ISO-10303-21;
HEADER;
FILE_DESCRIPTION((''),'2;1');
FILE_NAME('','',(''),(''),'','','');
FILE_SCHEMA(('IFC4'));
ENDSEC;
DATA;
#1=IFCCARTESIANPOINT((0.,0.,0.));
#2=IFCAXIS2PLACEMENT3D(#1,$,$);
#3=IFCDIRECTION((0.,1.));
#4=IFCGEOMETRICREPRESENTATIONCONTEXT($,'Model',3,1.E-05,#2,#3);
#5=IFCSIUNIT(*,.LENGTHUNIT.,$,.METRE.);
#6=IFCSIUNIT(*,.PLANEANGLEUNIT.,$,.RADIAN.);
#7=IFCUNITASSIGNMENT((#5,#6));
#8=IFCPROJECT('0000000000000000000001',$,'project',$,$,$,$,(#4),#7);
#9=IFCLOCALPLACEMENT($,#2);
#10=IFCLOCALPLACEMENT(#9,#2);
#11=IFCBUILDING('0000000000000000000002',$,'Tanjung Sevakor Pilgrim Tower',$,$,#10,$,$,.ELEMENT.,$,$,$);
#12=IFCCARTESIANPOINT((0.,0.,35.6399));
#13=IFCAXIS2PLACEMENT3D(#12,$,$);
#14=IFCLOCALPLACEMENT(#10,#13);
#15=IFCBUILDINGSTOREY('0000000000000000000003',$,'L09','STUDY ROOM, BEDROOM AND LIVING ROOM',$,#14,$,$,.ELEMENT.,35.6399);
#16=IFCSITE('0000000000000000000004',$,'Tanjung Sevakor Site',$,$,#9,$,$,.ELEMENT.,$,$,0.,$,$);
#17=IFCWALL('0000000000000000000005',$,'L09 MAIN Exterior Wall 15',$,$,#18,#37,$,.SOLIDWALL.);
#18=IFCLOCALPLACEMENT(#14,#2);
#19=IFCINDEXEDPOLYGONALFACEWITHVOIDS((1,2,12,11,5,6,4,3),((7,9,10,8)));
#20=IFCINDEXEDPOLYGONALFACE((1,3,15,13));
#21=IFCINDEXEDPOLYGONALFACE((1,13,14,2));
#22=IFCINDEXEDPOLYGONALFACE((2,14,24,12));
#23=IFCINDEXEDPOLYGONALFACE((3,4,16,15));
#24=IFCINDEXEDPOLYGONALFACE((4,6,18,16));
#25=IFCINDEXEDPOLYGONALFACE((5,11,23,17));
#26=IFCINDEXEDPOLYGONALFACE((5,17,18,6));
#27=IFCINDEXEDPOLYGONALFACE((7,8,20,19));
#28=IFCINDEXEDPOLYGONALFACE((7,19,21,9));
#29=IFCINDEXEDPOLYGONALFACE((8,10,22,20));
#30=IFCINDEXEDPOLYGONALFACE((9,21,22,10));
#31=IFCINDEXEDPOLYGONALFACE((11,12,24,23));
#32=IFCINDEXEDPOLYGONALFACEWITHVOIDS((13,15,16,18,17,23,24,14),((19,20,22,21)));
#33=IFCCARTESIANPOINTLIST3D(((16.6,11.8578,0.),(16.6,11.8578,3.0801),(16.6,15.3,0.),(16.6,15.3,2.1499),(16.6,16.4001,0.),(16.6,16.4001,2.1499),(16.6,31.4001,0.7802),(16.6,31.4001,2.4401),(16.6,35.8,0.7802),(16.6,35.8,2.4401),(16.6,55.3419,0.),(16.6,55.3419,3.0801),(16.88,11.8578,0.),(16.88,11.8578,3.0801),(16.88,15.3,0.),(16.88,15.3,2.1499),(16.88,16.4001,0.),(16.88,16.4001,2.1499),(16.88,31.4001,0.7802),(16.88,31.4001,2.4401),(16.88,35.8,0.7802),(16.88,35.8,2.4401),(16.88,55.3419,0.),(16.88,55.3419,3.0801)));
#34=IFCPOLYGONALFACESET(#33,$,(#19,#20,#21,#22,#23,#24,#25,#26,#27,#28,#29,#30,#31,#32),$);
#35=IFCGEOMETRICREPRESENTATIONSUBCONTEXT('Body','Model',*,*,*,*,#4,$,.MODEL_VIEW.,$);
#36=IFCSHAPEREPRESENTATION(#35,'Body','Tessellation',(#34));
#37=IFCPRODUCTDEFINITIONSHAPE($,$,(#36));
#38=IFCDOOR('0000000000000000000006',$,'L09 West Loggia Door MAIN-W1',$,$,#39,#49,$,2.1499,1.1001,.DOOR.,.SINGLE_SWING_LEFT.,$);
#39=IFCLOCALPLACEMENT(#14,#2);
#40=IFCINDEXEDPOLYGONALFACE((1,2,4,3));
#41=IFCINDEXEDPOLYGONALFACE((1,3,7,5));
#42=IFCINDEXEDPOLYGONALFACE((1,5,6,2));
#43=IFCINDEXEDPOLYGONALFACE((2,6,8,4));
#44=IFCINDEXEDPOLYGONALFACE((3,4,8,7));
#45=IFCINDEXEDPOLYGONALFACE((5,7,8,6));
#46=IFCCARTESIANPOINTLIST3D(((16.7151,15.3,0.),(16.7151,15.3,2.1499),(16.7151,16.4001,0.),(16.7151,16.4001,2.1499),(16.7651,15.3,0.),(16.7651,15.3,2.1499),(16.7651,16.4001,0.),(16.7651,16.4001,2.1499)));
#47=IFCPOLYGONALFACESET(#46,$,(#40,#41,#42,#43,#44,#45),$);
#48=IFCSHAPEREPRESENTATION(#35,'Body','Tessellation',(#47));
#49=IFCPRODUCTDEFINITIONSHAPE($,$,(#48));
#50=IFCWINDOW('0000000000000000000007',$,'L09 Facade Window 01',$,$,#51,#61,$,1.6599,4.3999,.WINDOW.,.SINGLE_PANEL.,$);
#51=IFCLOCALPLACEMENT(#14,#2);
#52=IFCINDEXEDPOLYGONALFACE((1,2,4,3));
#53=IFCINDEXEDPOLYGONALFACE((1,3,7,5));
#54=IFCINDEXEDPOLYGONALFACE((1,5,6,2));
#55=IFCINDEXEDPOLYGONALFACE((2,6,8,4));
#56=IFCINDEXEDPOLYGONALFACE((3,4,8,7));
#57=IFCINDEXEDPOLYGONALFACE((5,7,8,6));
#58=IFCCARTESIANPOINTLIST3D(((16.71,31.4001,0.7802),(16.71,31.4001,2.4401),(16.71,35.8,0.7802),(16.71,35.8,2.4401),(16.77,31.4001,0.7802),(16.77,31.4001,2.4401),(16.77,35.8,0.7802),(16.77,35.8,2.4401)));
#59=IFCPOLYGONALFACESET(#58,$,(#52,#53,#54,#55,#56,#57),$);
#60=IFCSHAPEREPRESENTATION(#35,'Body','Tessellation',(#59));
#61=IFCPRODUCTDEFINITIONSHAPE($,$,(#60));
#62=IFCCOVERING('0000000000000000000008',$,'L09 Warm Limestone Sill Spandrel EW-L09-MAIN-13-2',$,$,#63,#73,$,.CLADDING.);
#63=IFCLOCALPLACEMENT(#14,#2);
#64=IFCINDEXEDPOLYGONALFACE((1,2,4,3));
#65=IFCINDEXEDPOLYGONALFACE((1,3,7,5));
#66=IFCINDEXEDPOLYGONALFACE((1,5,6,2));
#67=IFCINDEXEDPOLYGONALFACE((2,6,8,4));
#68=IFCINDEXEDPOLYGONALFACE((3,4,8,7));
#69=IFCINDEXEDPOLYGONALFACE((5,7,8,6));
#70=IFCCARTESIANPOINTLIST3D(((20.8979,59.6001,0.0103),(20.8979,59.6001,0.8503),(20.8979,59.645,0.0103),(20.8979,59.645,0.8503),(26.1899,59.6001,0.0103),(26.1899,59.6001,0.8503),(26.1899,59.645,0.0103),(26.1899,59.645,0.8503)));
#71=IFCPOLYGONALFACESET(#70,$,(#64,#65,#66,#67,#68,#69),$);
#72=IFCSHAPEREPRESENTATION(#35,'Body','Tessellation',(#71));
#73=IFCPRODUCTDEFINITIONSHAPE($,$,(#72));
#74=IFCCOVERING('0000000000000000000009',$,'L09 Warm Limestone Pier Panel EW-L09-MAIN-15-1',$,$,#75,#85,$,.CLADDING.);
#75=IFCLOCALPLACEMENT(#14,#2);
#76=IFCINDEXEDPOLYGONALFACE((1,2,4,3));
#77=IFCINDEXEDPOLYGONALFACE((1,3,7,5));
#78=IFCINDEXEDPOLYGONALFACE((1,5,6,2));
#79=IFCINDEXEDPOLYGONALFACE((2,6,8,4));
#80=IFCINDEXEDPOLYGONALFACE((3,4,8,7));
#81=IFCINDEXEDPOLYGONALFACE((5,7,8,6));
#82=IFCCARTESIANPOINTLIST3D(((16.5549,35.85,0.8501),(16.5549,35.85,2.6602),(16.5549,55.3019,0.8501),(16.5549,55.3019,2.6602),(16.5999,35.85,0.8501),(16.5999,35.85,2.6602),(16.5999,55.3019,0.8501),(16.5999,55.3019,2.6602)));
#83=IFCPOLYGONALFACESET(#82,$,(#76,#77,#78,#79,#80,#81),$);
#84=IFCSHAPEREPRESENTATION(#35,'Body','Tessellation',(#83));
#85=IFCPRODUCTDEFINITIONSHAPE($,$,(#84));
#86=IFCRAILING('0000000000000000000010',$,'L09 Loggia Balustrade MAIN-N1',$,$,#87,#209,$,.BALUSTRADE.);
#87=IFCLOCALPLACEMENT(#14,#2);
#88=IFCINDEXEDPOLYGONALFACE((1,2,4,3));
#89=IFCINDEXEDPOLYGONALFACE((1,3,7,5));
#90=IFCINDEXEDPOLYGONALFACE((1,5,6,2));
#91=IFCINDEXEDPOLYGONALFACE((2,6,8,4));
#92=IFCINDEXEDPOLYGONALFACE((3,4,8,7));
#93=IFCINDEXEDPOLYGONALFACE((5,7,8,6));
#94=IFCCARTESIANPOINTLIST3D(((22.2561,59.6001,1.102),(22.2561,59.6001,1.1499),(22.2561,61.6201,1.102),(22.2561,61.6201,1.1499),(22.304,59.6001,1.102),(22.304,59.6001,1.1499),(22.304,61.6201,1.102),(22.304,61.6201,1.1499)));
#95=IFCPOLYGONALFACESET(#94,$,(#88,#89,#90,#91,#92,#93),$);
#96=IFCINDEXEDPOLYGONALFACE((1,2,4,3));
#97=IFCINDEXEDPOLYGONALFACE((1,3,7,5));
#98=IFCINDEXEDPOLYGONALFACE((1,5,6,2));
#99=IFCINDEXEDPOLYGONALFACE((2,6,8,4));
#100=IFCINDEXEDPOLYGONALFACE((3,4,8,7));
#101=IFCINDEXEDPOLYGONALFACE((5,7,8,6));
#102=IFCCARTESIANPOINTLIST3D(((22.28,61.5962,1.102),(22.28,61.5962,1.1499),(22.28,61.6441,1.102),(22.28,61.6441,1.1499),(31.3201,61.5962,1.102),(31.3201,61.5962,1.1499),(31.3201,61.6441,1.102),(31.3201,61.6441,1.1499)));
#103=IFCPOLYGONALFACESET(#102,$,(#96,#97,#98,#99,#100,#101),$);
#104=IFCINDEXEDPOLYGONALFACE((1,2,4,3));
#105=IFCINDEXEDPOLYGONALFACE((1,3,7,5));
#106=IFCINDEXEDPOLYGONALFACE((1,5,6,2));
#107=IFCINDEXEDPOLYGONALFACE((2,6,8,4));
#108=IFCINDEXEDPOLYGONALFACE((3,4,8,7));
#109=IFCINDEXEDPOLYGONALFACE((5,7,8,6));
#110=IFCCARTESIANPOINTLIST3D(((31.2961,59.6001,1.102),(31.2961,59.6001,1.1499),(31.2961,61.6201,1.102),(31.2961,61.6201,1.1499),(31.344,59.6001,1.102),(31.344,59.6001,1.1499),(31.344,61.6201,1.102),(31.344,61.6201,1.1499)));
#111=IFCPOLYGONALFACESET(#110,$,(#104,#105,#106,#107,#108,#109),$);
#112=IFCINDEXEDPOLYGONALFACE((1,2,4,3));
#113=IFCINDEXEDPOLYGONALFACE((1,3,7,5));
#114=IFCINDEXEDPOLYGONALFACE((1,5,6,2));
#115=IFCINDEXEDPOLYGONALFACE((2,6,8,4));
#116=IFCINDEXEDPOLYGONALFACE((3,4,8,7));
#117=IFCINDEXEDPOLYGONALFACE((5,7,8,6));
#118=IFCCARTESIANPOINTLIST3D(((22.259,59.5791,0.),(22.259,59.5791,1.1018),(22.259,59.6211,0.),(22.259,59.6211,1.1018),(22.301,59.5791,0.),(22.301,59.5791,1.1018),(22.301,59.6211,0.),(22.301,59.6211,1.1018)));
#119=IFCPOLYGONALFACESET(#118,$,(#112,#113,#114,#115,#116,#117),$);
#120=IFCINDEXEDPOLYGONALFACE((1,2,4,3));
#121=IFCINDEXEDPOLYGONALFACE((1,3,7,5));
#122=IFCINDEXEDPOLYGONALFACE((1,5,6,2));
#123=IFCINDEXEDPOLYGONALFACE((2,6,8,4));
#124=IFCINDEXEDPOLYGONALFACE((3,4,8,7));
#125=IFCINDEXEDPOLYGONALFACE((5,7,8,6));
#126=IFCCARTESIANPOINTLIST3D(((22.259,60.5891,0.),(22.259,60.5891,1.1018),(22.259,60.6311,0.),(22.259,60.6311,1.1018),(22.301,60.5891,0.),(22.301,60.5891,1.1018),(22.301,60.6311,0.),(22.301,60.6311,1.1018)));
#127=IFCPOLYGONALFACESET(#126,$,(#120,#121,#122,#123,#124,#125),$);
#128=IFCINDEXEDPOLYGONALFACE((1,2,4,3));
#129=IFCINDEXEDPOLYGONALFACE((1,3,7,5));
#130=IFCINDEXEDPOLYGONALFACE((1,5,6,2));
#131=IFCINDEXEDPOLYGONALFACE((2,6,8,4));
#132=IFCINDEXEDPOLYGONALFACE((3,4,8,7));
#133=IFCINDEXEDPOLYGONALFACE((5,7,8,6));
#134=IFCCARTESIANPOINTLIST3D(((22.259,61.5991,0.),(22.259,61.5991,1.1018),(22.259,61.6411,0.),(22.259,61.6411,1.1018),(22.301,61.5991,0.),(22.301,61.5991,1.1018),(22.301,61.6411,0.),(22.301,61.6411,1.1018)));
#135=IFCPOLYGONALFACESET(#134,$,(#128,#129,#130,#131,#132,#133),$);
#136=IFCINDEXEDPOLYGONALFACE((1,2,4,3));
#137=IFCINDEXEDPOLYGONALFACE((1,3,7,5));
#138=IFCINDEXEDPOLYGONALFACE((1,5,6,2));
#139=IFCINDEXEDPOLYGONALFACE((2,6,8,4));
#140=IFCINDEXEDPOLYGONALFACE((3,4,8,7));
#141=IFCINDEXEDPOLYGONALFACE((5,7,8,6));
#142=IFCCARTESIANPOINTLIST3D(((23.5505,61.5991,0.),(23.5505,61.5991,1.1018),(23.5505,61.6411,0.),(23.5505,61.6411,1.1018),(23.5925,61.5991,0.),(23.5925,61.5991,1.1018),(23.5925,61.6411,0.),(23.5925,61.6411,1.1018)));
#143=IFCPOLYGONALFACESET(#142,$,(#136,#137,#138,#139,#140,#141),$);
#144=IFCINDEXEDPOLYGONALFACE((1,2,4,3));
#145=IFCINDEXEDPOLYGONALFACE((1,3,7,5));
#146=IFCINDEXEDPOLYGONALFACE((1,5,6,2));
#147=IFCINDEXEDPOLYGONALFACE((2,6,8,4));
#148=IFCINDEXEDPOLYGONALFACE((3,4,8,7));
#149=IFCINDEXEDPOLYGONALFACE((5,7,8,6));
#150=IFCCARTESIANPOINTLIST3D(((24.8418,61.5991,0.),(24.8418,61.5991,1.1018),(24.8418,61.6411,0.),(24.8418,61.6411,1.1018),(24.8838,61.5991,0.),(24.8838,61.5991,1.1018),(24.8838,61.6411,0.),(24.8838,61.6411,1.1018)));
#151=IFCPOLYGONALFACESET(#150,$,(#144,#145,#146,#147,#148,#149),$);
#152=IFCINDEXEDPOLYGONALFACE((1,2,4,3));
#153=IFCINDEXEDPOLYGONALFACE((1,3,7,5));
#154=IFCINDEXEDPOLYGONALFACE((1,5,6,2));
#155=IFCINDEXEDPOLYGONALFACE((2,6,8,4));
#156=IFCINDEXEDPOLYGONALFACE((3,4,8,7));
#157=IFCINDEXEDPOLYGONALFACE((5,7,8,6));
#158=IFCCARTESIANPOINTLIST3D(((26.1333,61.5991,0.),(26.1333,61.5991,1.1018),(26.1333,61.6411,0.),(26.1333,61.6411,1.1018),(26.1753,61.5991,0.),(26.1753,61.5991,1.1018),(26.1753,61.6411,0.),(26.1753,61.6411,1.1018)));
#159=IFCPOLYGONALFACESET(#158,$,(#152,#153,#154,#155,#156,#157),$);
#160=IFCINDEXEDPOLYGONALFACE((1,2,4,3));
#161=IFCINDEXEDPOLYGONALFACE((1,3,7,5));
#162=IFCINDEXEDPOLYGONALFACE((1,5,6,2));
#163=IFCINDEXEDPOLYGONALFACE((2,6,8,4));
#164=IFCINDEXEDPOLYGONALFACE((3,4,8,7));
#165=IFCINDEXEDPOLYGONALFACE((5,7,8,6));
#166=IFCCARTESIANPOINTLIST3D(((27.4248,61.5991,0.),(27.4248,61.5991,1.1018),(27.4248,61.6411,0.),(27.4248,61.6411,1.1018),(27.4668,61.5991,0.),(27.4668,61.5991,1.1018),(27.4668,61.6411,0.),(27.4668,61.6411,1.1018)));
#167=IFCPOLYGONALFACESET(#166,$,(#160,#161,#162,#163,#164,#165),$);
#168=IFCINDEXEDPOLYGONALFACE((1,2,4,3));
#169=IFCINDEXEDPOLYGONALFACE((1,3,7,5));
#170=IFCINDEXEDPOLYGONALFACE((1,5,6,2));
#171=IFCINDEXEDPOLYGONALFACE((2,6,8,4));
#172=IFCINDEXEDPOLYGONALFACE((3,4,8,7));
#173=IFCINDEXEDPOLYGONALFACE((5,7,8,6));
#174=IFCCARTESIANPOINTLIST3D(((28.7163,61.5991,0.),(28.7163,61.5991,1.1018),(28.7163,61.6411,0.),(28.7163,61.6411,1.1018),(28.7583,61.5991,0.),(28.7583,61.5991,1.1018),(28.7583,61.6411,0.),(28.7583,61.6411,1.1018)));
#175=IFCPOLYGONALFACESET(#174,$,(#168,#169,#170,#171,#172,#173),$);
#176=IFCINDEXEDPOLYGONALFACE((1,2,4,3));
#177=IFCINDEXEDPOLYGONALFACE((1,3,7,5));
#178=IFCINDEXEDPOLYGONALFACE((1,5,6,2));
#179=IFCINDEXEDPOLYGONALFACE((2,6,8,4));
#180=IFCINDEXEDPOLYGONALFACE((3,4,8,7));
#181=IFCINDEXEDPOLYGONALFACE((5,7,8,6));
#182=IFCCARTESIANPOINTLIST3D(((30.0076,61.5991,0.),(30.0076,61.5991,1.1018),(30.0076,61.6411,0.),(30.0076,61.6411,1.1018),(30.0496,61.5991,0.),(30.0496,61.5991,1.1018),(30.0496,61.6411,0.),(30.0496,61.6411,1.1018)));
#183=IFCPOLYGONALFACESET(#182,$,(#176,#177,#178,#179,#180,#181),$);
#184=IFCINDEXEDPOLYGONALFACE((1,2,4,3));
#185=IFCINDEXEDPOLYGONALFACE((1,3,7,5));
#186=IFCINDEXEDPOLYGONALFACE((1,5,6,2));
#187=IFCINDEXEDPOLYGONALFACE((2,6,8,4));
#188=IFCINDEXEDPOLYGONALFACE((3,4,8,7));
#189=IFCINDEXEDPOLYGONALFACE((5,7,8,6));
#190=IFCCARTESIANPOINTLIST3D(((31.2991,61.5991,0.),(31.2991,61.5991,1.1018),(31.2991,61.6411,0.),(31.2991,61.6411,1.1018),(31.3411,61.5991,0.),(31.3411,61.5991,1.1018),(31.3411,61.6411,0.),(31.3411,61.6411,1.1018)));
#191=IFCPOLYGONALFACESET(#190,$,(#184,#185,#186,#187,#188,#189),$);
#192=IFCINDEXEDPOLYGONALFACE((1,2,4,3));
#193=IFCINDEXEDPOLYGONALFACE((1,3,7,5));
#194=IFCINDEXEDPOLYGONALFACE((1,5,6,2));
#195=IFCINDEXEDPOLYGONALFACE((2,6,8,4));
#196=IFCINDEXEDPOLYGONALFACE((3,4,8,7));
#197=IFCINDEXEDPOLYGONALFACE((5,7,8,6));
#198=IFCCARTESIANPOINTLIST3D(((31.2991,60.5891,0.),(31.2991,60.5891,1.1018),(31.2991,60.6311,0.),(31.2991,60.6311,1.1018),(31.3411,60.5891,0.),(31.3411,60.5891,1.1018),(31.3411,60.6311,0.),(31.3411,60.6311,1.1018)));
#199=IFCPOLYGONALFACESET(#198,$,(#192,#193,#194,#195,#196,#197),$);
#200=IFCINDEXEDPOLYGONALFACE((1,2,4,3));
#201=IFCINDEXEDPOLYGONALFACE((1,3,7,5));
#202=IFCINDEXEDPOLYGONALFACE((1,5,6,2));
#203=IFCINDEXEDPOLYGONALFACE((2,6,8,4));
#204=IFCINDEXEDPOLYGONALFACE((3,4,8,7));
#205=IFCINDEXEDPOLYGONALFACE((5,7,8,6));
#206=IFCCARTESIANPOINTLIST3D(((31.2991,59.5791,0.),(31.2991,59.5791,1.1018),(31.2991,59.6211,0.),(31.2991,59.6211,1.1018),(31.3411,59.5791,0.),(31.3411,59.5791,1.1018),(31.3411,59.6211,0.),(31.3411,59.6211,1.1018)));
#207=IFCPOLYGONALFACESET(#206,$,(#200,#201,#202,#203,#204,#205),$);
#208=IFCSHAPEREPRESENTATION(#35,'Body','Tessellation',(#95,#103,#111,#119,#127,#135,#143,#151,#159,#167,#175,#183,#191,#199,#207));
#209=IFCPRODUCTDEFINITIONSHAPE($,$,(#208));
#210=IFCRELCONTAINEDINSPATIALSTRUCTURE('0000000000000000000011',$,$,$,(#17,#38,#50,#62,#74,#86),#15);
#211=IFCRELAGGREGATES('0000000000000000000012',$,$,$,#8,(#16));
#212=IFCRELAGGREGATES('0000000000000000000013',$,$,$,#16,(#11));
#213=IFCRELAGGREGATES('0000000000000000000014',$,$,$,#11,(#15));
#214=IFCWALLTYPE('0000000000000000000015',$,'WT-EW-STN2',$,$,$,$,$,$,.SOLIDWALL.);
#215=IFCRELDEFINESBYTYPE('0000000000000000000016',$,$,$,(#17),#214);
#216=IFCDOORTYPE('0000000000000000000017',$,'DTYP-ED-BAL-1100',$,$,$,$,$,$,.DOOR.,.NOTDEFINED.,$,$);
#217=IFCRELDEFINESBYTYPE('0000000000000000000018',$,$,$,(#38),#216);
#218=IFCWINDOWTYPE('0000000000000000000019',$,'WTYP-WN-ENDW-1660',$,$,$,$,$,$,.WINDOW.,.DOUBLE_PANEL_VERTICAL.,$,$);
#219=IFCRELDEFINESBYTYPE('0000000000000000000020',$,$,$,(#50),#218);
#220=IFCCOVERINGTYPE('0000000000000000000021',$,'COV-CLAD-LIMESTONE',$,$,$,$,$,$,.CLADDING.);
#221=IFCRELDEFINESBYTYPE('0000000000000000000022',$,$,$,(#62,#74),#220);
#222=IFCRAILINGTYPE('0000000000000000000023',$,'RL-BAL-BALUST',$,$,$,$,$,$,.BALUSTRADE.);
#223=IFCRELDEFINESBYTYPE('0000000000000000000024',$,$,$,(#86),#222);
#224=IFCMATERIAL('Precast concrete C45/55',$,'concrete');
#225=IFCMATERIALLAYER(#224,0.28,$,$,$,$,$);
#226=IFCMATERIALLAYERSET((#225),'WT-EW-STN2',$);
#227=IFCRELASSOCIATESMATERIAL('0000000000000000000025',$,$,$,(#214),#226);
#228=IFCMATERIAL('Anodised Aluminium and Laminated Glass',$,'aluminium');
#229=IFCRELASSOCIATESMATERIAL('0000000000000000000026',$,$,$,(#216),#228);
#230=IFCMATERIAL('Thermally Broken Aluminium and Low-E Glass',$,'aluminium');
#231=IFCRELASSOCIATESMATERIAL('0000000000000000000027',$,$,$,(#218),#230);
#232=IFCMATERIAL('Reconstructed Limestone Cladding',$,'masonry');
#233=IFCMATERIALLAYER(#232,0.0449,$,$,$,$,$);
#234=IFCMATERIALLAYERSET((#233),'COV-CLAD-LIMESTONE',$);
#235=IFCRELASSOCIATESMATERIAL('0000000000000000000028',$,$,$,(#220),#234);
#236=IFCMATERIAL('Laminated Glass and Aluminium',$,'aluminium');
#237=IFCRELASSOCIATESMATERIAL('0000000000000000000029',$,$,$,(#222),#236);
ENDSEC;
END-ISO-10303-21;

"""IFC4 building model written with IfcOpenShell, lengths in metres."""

from ifc_helpers import new_model, si_unit, direction, frame, frame_2d, origin, origin_2d, place, context, subcontext, project, spatial, rectangle, extrude, material, layer, layer_set, type_object, element, fill, save


model = new_model("IFC4")

# Units and contexts
model_context = context("Model", 3, precision=1e-05, world=origin(), true_north=direction((0.0, 1.0)))
body_context = subcontext(model_context, "Body", "Model", "MODEL_VIEW")
ifc_project = project(units=[si_unit("LENGTHUNIT", "METRE"), si_unit("PLANEANGLEUNIT", "RADIAN")], contexts=[model_context])

# Site, building, storey
site_placement = place(None, origin())
site = spatial("IfcSite", under=ifc_project, at=site_placement, Name="Tanjung Sevakor Site", CompositionType="ELEMENT", RefElevation=0.0)
building_placement = place(site_placement, origin())
building = spatial("IfcBuilding", under=site, at=building_placement, Name="Tanjung Sevakor Pilgrim Tower", CompositionType="ELEMENT")
storey_placement = place(building_placement, frame((0.0, 0.0, 35.6399)))
storey = spatial("IfcBuildingStorey", under=building, at=storey_placement, Name="L09", Description="STUDY ROOM, BEDROOM AND LIVING ROOM", CompositionType="ELEMENT", Elevation=35.6399)

# Wall, openings, door, window
ifc_material_1 = material(Name="Precast concrete C45/55", Category="concrete")
ifc_layer_1 = layer(ifc_material_1, 0.28)
ifc_layer_set_1 = layer_set([ifc_layer_1], Name="WT-EW-STN2")
wall_type_1 = type_object("IfcWallType", Name="WT-EW-STN2", PredefinedType="SOLIDWALL", material=ifc_layer_set_1)
wall_1_placement = place(storey_placement, frame((16.74, 55.342, 0.0), z_axis=(0.0, 0.0, 1.0), x_axis=(0.0, -1.0, 0.0)))
wall_1 = element("IfcWall", 1, at=wall_1_placement, inside=storey, type_object=wall_type_1, Name="L09 MAIN Exterior Wall 15", PredefinedType="SOLIDWALL", context=body_context, shape_type="SweptSolid", body=[
    extrude(rectangle(XDim=43.4841, YDim=0.28, at=frame_2d((21.7422, 0.0))), origin(), (0.0, 0.0, 1.0), 3.0801),
])
opening_1_placement = place(wall_1_placement, frame((38.9419, 0.0, 0.0)))
opening_1 = element("IfcOpeningElement", 2, at=opening_1_placement, cuts=wall_1, PredefinedType="OPENING", context=body_context, shape_type="SweptSolid", body=[
    extrude(rectangle(XDim=1.1001, YDim=2.1499, at=frame_2d((0.55, 1.075))), frame((0.0, 0.1499, 0.0), z_axis=(0.0, -1.0, 0.0), x_axis=(1.0, 0.0, 0.0)), (0.0, 0.0, 1.0), 0.3),
])
opening_2_placement = place(wall_1_placement, frame((19.542, 0.0, 0.78)))
opening_2 = element("IfcOpeningElement", 3, at=opening_2_placement, cuts=wall_1, PredefinedType="OPENING", context=body_context, shape_type="SweptSolid", body=[
    extrude(rectangle(XDim=4.3999, YDim=1.6599, at=frame_2d((2.2, 0.8301))), frame((0.0, 0.1499, 0.0), z_axis=(0.0, -1.0, 0.0), x_axis=(1.0, 0.0, 0.0)), (0.0, 0.0, 1.0), 0.3),
])
ifc_material_2 = material(Name="Anodised Aluminium and Laminated Glass", Category="aluminium")
door_type_1 = type_object("IfcDoorType", Name="DTYP-ED-BAL-1100", OperationType="NOTDEFINED", PredefinedType="DOOR", material=ifc_material_2)
door_1_placement = place(opening_1_placement, frame((1.1001, 0.0, 0.0), z_axis=(0.0, 0.0, 1.0), x_axis=(-1.0, 0.0, 0.0)))
door_1 = element("IfcDoor", 4, at=door_1_placement, inside=storey, type_object=door_type_1, Name="L09 West Loggia Door MAIN-W1", OperationType="SINGLE_SWING_LEFT", OverallHeight=2.1499, OverallWidth=1.1001, PredefinedType="DOOR", context=body_context, shape_type="SweptSolid", body=[
    extrude(rectangle(XDim=1.1001, YDim=2.1499, at=frame_2d((0.55, 1.075))), frame((0.0, 0.0249, 0.0), z_axis=(0.0, -1.0, 0.0), x_axis=(1.0, 0.0, 0.0)), (0.0, 0.0, 1.0), 0.05),
])
fill(opening_1, door_1)
ifc_material_3 = material(Name="Thermally Broken Aluminium and Low-E Glass", Category="aluminium")
window_type = type_object("IfcWindowType", Name="WTYP-WN-ENDW-1660", PartitioningType="DOUBLE_PANEL_VERTICAL", PredefinedType="WINDOW", material=ifc_material_3)
window_placement = place(opening_2_placement, origin())
window = element("IfcWindow", 5, at=window_placement, inside=storey, type_object=window_type, Name="L09 Facade Window 01", OverallHeight=1.6599, OverallWidth=4.3999, PartitioningType="SINGLE_PANEL", PredefinedType="WINDOW", context=body_context, shape_type="SweptSolid", body=[
    extrude(rectangle(XDim=4.3999, YDim=1.6599, at=frame_2d((2.2, 0.8301))), frame((0.0, 0.03, 0.0), z_axis=(0.0, -1.0, 0.0), x_axis=(1.0, 0.0, 0.0)), (0.0, 0.0, 1.0), 0.0601),
])
fill(opening_2, window)

# Coverings
ifc_material_4 = material(Name="Reconstructed Limestone Cladding", Category="masonry")
ifc_layer_2 = layer(ifc_material_4, 0.0449)
ifc_layer_set_2 = layer_set([ifc_layer_2], Name="COV-CLAD-LIMESTONE")
covering_type = type_object("IfcCoveringType", Name="COV-CLAD-LIMESTONE", PredefinedType="CLADDING", material=ifc_layer_set_2)
covering_1_placement = place(storey_placement, frame((23.5439, 59.6226, 0.0103), z_axis=(0.0, 0.0, 1.0), x_axis=(-1.0, 0.0, 0.0)))
element("IfcCovering", 6, at=covering_1_placement, inside=storey, type_object=covering_type, Name="L09 Warm Limestone Sill Spandrel EW-L09-MAIN-13-2", PredefinedType="CLADDING", context=body_context, shape_type="SweptSolid", body=[
    extrude(rectangle(XDim=5.292, YDim=0.0449, at=origin_2d()), origin(), (0.0, 0.0, 1.0), 0.8401),
])
covering_2_placement = place(storey_placement, frame((16.5774, 45.5759, 0.8501), z_axis=(0.0, 0.0, 1.0), x_axis=(0.0, -1.0, 0.0)))
element("IfcCovering", 7, at=covering_2_placement, inside=storey, type_object=covering_type, Name="L09 Warm Limestone Pier Panel EW-L09-MAIN-15-1", PredefinedType="CLADDING", context=body_context, shape_type="SweptSolid", body=[
    extrude(rectangle(XDim=19.4519, YDim=0.0449, at=origin_2d()), origin(), (0.0, 0.0, 1.0), 1.8101),
])

# Railing
ifc_material_5 = material(Name="Laminated Glass and Aluminium", Category="aluminium")
railing_type_1 = type_object("IfcRailingType", Name="RL-BAL-BALUST", PredefinedType="BALUSTRADE", material=ifc_material_5)
railing_1_placement = place(storey_placement, frame((22.28, 59.6001, 0.0)))
element("IfcRailing", 8, at=railing_1_placement, inside=storey, type_object=railing_type_1, Name="L09 Loggia Balustrade MAIN-N1", PredefinedType="BALUSTRADE", context=body_context, shape_type="SweptSolid", body=[
    extrude(rectangle(XDim=0.0479, YDim=0.0479), frame((0.0, 0.0, 1.126), z_axis=(0.0, 1.0, 0.0), x_axis=(-1.0, 0.0, 0.0)), (0.0, 0.0, 1.0), 2.02),
    extrude(rectangle(XDim=0.0479, YDim=0.0479), frame((0.0, 2.02, 1.126), z_axis=(1.0, 0.0, 0.0), x_axis=(0.0, 1.0, 0.0)), (0.0, 0.0, 1.0), 9.04),
    extrude(rectangle(XDim=0.0479, YDim=0.0479), frame((9.04, 2.02, 1.126), z_axis=(0.0, -1.0, 0.0), x_axis=(1.0, 0.0, 0.0)), (0.0, 0.0, 1.0), 2.02),
    extrude(rectangle(XDim=0.042, YDim=0.042), origin(), (0.0, 0.0, 1.0), 1.1018),
    extrude(rectangle(XDim=0.042, YDim=0.042), frame((0.0, 1.01, 0.0)), (0.0, 0.0, 1.0), 1.1018),
    extrude(rectangle(XDim=0.042, YDim=0.042), frame((0.0, 2.02, 0.0)), (0.0, 0.0, 1.0), 1.1018),
    extrude(rectangle(XDim=0.042, YDim=0.042), frame((1.2915, 2.02, 0.0)), (0.0, 0.0, 1.0), 1.1018),
    extrude(rectangle(XDim=0.042, YDim=0.042), frame((2.5828, 2.02, 0.0)), (0.0, 0.0, 1.0), 1.1018),
    extrude(rectangle(XDim=0.042, YDim=0.042), frame((3.8743, 2.02, 0.0)), (0.0, 0.0, 1.0), 1.1018),
    extrude(rectangle(XDim=0.042, YDim=0.042), frame((5.1658, 2.02, 0.0)), (0.0, 0.0, 1.0), 1.1018),
    extrude(rectangle(XDim=0.042, YDim=0.042), frame((6.4573, 2.02, 0.0)), (0.0, 0.0, 1.0), 1.1018),
    extrude(rectangle(XDim=0.042, YDim=0.042), frame((7.7485, 2.02, 0.0)), (0.0, 0.0, 1.0), 1.1018),
    extrude(rectangle(XDim=0.042, YDim=0.042), frame((9.04, 2.02, 0.0)), (0.0, 0.0, 1.0), 1.1018),
    extrude(rectangle(XDim=0.042, YDim=0.042), frame((9.04, 1.01, 0.0)), (0.0, 0.0, 1.0), 1.1018),
    extrude(rectangle(XDim=0.042, YDim=0.042), frame((9.04, 0.0, 0.0)), (0.0, 0.0, 1.0), 1.1018),
])

save(model, "model.ifc")
